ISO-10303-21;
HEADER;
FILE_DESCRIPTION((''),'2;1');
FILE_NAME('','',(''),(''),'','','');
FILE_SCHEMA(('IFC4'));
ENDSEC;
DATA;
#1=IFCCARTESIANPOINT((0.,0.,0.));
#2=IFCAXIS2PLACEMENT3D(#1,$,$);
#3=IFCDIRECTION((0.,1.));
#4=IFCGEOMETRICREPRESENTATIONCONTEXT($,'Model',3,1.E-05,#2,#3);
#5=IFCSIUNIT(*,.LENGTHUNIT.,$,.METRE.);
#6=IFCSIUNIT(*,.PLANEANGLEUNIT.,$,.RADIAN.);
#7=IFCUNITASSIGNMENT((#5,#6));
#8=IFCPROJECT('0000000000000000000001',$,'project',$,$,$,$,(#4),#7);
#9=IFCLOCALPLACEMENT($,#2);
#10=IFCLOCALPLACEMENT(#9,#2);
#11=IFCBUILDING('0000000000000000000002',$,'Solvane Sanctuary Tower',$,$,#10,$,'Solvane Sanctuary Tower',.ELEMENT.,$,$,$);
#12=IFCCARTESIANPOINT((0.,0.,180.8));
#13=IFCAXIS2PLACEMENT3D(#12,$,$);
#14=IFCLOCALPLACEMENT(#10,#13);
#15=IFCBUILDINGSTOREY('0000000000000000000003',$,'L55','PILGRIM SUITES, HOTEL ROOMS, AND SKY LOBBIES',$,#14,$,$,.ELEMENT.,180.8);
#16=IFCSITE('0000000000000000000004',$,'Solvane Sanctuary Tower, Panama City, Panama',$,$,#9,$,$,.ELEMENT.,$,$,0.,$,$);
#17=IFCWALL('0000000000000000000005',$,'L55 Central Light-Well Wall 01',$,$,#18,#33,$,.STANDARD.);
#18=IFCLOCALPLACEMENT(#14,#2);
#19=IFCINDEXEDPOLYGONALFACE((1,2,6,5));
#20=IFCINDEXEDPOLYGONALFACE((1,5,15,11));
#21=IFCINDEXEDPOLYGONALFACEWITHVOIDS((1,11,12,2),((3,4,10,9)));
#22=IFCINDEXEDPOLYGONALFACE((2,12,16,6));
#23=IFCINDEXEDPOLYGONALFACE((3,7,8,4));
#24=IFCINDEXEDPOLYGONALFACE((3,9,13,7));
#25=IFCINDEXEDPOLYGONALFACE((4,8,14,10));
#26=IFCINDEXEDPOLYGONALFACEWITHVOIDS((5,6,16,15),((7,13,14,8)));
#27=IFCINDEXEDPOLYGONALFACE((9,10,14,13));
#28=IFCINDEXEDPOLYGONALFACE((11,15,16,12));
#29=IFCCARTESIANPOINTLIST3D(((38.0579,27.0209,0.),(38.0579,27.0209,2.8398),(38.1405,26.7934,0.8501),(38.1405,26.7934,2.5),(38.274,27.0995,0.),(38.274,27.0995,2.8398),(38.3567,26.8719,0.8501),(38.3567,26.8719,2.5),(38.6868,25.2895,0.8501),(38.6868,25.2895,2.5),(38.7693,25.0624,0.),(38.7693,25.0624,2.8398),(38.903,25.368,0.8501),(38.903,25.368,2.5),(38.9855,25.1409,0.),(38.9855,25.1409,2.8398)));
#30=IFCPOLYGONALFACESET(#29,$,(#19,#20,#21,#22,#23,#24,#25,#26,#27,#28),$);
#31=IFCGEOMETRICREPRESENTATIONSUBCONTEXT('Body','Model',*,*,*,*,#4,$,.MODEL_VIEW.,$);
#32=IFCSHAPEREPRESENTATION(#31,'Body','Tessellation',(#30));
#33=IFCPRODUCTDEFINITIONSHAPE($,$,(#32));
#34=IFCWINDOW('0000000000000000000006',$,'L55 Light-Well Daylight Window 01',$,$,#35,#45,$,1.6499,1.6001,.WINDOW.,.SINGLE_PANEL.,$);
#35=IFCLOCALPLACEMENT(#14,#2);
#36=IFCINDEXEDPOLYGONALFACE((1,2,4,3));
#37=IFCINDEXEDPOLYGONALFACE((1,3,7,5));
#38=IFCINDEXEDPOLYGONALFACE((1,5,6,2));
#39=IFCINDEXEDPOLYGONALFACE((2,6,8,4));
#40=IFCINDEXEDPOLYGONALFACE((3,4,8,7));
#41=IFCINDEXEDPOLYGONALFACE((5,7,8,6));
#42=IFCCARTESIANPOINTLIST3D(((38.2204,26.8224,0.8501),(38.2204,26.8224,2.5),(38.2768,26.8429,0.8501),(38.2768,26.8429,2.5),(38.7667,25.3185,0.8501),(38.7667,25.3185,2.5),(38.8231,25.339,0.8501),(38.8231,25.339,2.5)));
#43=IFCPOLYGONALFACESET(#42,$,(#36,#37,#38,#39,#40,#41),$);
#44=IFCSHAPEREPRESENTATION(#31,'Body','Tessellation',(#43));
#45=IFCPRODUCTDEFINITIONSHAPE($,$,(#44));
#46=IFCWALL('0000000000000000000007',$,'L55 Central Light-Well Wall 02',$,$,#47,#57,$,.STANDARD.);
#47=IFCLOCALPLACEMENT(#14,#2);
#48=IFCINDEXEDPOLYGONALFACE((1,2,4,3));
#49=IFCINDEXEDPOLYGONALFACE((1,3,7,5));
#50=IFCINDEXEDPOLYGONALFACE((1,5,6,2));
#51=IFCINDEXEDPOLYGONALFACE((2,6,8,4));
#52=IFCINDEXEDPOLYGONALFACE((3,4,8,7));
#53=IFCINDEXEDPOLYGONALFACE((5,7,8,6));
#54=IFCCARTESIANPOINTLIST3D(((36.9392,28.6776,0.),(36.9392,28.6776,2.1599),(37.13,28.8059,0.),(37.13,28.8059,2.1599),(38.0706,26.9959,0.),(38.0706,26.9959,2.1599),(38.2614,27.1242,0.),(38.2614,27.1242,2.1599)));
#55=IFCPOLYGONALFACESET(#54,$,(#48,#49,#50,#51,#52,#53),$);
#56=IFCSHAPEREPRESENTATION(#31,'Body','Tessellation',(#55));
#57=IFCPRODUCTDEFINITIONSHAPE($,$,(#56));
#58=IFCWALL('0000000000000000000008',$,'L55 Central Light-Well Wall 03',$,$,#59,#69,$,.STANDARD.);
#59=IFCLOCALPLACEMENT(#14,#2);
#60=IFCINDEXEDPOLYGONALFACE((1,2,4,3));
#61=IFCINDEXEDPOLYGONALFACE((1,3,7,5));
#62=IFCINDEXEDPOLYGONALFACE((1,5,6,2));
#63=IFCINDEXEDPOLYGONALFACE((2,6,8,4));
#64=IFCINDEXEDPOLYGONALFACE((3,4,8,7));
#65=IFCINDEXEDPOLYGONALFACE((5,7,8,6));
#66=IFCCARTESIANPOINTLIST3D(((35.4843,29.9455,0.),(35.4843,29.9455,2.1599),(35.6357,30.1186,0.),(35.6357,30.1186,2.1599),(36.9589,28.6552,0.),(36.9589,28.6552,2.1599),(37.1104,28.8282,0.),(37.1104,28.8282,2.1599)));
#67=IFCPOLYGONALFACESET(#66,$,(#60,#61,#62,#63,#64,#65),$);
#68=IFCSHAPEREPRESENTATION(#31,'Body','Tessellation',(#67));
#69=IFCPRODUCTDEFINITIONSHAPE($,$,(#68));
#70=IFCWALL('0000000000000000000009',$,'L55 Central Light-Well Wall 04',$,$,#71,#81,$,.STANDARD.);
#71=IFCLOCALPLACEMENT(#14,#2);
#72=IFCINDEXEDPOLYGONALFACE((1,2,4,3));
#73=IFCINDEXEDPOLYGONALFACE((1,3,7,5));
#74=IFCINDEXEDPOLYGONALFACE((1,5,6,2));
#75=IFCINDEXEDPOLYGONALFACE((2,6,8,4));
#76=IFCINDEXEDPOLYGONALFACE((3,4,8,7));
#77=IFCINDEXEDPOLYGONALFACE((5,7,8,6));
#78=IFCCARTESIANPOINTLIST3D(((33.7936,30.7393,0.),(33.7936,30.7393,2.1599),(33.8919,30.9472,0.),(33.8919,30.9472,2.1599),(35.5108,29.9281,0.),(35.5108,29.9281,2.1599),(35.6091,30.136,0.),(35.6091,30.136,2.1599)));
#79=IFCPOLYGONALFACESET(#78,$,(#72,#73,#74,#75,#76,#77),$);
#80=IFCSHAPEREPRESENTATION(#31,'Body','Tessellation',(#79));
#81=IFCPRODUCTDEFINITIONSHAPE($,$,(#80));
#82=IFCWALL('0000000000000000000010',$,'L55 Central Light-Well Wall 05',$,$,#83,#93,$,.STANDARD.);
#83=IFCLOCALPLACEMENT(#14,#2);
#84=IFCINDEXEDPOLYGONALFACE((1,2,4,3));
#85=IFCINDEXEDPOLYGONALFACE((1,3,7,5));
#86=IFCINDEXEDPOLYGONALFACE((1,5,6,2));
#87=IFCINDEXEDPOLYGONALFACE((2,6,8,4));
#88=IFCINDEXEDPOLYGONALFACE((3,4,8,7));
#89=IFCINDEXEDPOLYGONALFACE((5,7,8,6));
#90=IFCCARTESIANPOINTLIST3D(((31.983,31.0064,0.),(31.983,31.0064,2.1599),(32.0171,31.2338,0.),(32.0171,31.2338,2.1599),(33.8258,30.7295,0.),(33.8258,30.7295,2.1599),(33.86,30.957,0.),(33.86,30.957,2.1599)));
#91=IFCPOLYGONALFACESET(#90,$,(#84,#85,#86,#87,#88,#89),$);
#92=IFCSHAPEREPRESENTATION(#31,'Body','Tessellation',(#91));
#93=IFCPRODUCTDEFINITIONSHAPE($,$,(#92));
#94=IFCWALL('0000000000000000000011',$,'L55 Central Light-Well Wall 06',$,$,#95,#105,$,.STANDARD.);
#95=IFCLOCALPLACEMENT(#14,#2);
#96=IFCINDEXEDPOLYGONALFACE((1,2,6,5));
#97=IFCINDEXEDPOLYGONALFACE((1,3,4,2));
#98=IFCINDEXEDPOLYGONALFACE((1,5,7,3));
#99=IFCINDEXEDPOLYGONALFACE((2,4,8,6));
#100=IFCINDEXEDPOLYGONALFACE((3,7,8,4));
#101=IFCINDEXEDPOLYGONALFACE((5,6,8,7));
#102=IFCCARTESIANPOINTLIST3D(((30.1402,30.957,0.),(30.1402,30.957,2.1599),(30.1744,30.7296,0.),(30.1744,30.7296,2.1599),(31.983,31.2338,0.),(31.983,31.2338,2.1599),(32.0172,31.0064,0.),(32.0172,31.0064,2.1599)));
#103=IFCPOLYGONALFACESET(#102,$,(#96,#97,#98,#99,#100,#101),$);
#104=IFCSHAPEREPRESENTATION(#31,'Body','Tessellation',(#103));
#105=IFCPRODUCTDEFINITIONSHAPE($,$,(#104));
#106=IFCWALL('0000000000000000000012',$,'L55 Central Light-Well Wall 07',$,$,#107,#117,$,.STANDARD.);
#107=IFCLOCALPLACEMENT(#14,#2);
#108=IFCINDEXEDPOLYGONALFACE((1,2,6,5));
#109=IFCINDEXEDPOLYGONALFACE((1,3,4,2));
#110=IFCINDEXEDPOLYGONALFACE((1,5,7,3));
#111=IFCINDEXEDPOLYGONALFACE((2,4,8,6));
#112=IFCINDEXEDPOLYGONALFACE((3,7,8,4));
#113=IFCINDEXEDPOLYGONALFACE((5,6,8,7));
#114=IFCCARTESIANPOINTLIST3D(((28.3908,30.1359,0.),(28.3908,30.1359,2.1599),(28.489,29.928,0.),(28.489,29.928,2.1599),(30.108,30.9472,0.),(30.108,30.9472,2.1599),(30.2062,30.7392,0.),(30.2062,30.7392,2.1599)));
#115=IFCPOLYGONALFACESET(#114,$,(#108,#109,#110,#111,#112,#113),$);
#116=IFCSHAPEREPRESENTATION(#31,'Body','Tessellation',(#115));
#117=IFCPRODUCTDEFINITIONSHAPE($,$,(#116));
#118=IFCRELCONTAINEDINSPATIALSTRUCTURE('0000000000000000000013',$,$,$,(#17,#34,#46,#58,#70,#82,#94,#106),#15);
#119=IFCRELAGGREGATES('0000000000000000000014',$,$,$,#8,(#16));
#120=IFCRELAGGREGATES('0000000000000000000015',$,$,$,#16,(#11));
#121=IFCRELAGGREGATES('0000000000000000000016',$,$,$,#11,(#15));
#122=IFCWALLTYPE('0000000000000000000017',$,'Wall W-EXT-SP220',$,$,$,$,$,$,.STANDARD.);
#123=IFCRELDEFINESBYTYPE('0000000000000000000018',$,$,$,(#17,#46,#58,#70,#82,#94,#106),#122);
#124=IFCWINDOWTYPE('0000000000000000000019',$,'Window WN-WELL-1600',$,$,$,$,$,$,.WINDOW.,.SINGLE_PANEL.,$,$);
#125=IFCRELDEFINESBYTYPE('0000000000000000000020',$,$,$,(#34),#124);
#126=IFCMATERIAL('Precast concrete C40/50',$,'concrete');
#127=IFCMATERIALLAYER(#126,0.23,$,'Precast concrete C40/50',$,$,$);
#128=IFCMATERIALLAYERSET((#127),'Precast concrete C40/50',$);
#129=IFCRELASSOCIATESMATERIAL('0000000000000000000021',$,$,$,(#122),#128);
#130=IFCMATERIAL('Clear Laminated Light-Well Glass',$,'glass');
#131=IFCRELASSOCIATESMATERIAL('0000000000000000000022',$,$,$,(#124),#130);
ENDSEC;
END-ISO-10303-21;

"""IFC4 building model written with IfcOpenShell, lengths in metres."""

from ifc_helpers import new_model, si_unit, direction, frame, frame_2d, origin, place, context, subcontext, project, spatial, rectangle, extrude, material, layer, layer_set, type_object, element, fill, save


model = new_model("IFC4")

# Units and contexts
model_context = context("Model", 3, precision=1e-05, world=origin(), true_north=direction((0.0, 1.0)))
body_context = subcontext(model_context, "Body", "Model", "MODEL_VIEW")
ifc_project = project(units=[si_unit("LENGTHUNIT", "METRE"), si_unit("PLANEANGLEUNIT", "RADIAN")], contexts=[model_context])

# Site, building, storey
site_placement = place(None, origin())
site = spatial("IfcSite", under=ifc_project, at=site_placement, Name="Solvane Sanctuary Tower, Panama City, Panama", CompositionType="ELEMENT", RefElevation=0.0)
building_placement = place(site_placement, origin())
building = spatial("IfcBuilding", under=site, at=building_placement, Name="Solvane Sanctuary Tower", LongName="Solvane Sanctuary Tower", CompositionType="ELEMENT")
storey_placement = place(building_placement, frame((0.0, 0.0, 180.8)))
storey = spatial("IfcBuildingStorey", under=building, at=storey_placement, Name="L55", Description="PILGRIM SUITES, HOTEL ROOMS, AND SKY LOBBIES", CompositionType="ELEMENT", Elevation=180.8)

# Shared definitions
ifc_material_1 = material(Name="Precast concrete C40/50", Category="concrete")
ifc_layer_1 = layer(ifc_material_1, 0.23, Name="Precast concrete C40/50")
ifc_layer_set_1 = layer_set([ifc_layer_1], Name="Precast concrete C40/50")
wall_type_1 = type_object("IfcWallType", Name="Wall W-EXT-SP220", PredefinedType="STANDARD", material=ifc_layer_set_1)

# Wall, opening, window
wall_1_placement = place(storey_placement, frame((38.8774, 25.1016, 0.0), z_axis=(0.0, 0.0, 1.0), x_axis=(-0.341423, 0.93991, 0.0)))
wall_1 = element("IfcWall", 1, at=wall_1_placement, inside=storey, type_object=wall_type_1, Name="L55 Central Light-Well Wall 01", PredefinedType="STANDARD", context=body_context, shape_type="SweptSolid", body=[
    extrude(rectangle(XDim=2.0837, YDim=0.23, at=frame_2d((1.042, 0.0))), origin(), (0.0, 0.0, 1.0), 2.8398),
])
opening_placement = place(wall_1_placement, frame((0.2417, 0.0, 0.8501)))
opening = element("IfcOpeningElement", 2, at=opening_placement, cuts=wall_1, PredefinedType="OPENING", context=body_context, shape_type="SweptSolid", body=[
    extrude(rectangle(XDim=1.6001, YDim=1.6499, at=frame_2d((0.8, 0.825))), frame((0.0, 0.125, 0.0), z_axis=(0.0, -1.0, 0.0), x_axis=(1.0, 0.0, 0.0)), (0.0, 0.0, 1.0), 0.25),
])
ifc_material_2 = material(Name="Clear Laminated Light-Well Glass", Category="glass")
window_type = type_object("IfcWindowType", Name="Window WN-WELL-1600", PartitioningType="SINGLE_PANEL", PredefinedType="WINDOW", material=ifc_material_2)
window_placement = place(opening_placement, origin())
window = element("IfcWindow", 3, at=window_placement, inside=storey, type_object=window_type, Name="L55 Light-Well Daylight Window 01", OverallHeight=1.6499, OverallWidth=1.6001, PartitioningType="SINGLE_PANEL", PredefinedType="WINDOW", context=body_context, shape_type="SweptSolid", body=[
    extrude(rectangle(XDim=1.6001, YDim=1.6499, at=frame_2d((0.8, 0.825))), frame((0.0, 0.03, 0.0), z_axis=(0.0, -1.0, 0.0), x_axis=(1.0, 0.0, 0.0)), (0.0, 0.0, 1.0), 0.0601),
])
fill(opening, window)

# Walls
wall_2_placement = place(storey_placement, frame((38.166, 27.0601, 0.0), z_axis=(0.0, 0.0, 1.0), x_axis=(-0.558198, 0.829708, 0.0)))
element("IfcWall", 4, at=wall_2_placement, inside=storey, type_object=wall_type_1, Name="L55 Central Light-Well Wall 02", PredefinedType="STANDARD", context=body_context, shape_type="SweptSolid", body=[
    extrude(rectangle(XDim=2.0269, YDim=0.23, at=frame_2d((1.0134, 0.0))), origin(), (0.0, 0.0, 1.0), 2.1599),
])
wall_3_placement = place(storey_placement, frame((37.0347, 28.7417, 0.0), z_axis=(0.0, 0.0, 1.0), x_axis=(-0.752577, 0.658505, 0.0)))
element("IfcWall", 5, at=wall_3_placement, inside=storey, type_object=wall_type_1, Name="L55 Central Light-Well Wall 03", PredefinedType="STANDARD", context=body_context, shape_type="SweptSolid", body=[
    extrude(rectangle(XDim=1.9595, YDim=0.23, at=frame_2d((0.9797, 0.0))), origin(), (0.0, 0.0, 1.0), 2.1599),
])
wall_4_placement = place(storey_placement, frame((35.5601, 30.032, 0.0), z_axis=(0.0, 0.0, 1.0), x_axis=(-0.90418, 0.427152, 0.0)))
element("IfcWall", 6, at=wall_4_placement, inside=storey, type_object=wall_type_1, Name="L55 Central Light-Well Wall 04", PredefinedType="STANDARD", context=body_context, shape_type="SweptSolid", body=[
    extrude(rectangle(XDim=1.8992, YDim=0.23, at=frame_2d((0.9497, 0.0))), origin(), (0.0, 0.0, 1.0), 2.1599),
])
for number, where, z_axis, x_axis, name in (
    (7, (33.8428, 30.8433, 0.0), (0.0, 0.0, 1.0), (-0.988902, 0.148571, 0.0), "L55 Central Light-Well Wall 05"),
    (8, (32.0, 31.1201, 0.0), (0.0, 0.0, 1.0), (-0.988902, -0.148571, 0.0), "L55 Central Light-Well Wall 06"),
):
    element("IfcWall", number, at=place(storey_placement, frame(where, z_axis=z_axis, x_axis=x_axis)), inside=storey, type_object=wall_type_1, Name=name, PredefinedType="STANDARD", context=body_context, shape_type="SweptSolid", body=[
        extrude(rectangle(XDim=1.8635, YDim=0.23, at=frame_2d((0.9316, 0.0))), origin(), (0.0, 0.0, 1.0), 2.1599),
    ])
wall_5_placement = place(storey_placement, frame((30.1572, 30.8433, 0.0), z_axis=(0.0, 0.0, 1.0), x_axis=(-0.90418, -0.427152, 0.0)))
element("IfcWall", 9, at=wall_5_placement, inside=storey, type_object=wall_type_1, Name="L55 Central Light-Well Wall 07", PredefinedType="STANDARD", context=body_context, shape_type="SweptSolid", body=[
    extrude(rectangle(XDim=1.8992, YDim=0.23, at=frame_2d((0.9497, 0.0))), origin(), (0.0, 0.0, 1.0), 2.1599),
])

save(model, "model.ifc")
